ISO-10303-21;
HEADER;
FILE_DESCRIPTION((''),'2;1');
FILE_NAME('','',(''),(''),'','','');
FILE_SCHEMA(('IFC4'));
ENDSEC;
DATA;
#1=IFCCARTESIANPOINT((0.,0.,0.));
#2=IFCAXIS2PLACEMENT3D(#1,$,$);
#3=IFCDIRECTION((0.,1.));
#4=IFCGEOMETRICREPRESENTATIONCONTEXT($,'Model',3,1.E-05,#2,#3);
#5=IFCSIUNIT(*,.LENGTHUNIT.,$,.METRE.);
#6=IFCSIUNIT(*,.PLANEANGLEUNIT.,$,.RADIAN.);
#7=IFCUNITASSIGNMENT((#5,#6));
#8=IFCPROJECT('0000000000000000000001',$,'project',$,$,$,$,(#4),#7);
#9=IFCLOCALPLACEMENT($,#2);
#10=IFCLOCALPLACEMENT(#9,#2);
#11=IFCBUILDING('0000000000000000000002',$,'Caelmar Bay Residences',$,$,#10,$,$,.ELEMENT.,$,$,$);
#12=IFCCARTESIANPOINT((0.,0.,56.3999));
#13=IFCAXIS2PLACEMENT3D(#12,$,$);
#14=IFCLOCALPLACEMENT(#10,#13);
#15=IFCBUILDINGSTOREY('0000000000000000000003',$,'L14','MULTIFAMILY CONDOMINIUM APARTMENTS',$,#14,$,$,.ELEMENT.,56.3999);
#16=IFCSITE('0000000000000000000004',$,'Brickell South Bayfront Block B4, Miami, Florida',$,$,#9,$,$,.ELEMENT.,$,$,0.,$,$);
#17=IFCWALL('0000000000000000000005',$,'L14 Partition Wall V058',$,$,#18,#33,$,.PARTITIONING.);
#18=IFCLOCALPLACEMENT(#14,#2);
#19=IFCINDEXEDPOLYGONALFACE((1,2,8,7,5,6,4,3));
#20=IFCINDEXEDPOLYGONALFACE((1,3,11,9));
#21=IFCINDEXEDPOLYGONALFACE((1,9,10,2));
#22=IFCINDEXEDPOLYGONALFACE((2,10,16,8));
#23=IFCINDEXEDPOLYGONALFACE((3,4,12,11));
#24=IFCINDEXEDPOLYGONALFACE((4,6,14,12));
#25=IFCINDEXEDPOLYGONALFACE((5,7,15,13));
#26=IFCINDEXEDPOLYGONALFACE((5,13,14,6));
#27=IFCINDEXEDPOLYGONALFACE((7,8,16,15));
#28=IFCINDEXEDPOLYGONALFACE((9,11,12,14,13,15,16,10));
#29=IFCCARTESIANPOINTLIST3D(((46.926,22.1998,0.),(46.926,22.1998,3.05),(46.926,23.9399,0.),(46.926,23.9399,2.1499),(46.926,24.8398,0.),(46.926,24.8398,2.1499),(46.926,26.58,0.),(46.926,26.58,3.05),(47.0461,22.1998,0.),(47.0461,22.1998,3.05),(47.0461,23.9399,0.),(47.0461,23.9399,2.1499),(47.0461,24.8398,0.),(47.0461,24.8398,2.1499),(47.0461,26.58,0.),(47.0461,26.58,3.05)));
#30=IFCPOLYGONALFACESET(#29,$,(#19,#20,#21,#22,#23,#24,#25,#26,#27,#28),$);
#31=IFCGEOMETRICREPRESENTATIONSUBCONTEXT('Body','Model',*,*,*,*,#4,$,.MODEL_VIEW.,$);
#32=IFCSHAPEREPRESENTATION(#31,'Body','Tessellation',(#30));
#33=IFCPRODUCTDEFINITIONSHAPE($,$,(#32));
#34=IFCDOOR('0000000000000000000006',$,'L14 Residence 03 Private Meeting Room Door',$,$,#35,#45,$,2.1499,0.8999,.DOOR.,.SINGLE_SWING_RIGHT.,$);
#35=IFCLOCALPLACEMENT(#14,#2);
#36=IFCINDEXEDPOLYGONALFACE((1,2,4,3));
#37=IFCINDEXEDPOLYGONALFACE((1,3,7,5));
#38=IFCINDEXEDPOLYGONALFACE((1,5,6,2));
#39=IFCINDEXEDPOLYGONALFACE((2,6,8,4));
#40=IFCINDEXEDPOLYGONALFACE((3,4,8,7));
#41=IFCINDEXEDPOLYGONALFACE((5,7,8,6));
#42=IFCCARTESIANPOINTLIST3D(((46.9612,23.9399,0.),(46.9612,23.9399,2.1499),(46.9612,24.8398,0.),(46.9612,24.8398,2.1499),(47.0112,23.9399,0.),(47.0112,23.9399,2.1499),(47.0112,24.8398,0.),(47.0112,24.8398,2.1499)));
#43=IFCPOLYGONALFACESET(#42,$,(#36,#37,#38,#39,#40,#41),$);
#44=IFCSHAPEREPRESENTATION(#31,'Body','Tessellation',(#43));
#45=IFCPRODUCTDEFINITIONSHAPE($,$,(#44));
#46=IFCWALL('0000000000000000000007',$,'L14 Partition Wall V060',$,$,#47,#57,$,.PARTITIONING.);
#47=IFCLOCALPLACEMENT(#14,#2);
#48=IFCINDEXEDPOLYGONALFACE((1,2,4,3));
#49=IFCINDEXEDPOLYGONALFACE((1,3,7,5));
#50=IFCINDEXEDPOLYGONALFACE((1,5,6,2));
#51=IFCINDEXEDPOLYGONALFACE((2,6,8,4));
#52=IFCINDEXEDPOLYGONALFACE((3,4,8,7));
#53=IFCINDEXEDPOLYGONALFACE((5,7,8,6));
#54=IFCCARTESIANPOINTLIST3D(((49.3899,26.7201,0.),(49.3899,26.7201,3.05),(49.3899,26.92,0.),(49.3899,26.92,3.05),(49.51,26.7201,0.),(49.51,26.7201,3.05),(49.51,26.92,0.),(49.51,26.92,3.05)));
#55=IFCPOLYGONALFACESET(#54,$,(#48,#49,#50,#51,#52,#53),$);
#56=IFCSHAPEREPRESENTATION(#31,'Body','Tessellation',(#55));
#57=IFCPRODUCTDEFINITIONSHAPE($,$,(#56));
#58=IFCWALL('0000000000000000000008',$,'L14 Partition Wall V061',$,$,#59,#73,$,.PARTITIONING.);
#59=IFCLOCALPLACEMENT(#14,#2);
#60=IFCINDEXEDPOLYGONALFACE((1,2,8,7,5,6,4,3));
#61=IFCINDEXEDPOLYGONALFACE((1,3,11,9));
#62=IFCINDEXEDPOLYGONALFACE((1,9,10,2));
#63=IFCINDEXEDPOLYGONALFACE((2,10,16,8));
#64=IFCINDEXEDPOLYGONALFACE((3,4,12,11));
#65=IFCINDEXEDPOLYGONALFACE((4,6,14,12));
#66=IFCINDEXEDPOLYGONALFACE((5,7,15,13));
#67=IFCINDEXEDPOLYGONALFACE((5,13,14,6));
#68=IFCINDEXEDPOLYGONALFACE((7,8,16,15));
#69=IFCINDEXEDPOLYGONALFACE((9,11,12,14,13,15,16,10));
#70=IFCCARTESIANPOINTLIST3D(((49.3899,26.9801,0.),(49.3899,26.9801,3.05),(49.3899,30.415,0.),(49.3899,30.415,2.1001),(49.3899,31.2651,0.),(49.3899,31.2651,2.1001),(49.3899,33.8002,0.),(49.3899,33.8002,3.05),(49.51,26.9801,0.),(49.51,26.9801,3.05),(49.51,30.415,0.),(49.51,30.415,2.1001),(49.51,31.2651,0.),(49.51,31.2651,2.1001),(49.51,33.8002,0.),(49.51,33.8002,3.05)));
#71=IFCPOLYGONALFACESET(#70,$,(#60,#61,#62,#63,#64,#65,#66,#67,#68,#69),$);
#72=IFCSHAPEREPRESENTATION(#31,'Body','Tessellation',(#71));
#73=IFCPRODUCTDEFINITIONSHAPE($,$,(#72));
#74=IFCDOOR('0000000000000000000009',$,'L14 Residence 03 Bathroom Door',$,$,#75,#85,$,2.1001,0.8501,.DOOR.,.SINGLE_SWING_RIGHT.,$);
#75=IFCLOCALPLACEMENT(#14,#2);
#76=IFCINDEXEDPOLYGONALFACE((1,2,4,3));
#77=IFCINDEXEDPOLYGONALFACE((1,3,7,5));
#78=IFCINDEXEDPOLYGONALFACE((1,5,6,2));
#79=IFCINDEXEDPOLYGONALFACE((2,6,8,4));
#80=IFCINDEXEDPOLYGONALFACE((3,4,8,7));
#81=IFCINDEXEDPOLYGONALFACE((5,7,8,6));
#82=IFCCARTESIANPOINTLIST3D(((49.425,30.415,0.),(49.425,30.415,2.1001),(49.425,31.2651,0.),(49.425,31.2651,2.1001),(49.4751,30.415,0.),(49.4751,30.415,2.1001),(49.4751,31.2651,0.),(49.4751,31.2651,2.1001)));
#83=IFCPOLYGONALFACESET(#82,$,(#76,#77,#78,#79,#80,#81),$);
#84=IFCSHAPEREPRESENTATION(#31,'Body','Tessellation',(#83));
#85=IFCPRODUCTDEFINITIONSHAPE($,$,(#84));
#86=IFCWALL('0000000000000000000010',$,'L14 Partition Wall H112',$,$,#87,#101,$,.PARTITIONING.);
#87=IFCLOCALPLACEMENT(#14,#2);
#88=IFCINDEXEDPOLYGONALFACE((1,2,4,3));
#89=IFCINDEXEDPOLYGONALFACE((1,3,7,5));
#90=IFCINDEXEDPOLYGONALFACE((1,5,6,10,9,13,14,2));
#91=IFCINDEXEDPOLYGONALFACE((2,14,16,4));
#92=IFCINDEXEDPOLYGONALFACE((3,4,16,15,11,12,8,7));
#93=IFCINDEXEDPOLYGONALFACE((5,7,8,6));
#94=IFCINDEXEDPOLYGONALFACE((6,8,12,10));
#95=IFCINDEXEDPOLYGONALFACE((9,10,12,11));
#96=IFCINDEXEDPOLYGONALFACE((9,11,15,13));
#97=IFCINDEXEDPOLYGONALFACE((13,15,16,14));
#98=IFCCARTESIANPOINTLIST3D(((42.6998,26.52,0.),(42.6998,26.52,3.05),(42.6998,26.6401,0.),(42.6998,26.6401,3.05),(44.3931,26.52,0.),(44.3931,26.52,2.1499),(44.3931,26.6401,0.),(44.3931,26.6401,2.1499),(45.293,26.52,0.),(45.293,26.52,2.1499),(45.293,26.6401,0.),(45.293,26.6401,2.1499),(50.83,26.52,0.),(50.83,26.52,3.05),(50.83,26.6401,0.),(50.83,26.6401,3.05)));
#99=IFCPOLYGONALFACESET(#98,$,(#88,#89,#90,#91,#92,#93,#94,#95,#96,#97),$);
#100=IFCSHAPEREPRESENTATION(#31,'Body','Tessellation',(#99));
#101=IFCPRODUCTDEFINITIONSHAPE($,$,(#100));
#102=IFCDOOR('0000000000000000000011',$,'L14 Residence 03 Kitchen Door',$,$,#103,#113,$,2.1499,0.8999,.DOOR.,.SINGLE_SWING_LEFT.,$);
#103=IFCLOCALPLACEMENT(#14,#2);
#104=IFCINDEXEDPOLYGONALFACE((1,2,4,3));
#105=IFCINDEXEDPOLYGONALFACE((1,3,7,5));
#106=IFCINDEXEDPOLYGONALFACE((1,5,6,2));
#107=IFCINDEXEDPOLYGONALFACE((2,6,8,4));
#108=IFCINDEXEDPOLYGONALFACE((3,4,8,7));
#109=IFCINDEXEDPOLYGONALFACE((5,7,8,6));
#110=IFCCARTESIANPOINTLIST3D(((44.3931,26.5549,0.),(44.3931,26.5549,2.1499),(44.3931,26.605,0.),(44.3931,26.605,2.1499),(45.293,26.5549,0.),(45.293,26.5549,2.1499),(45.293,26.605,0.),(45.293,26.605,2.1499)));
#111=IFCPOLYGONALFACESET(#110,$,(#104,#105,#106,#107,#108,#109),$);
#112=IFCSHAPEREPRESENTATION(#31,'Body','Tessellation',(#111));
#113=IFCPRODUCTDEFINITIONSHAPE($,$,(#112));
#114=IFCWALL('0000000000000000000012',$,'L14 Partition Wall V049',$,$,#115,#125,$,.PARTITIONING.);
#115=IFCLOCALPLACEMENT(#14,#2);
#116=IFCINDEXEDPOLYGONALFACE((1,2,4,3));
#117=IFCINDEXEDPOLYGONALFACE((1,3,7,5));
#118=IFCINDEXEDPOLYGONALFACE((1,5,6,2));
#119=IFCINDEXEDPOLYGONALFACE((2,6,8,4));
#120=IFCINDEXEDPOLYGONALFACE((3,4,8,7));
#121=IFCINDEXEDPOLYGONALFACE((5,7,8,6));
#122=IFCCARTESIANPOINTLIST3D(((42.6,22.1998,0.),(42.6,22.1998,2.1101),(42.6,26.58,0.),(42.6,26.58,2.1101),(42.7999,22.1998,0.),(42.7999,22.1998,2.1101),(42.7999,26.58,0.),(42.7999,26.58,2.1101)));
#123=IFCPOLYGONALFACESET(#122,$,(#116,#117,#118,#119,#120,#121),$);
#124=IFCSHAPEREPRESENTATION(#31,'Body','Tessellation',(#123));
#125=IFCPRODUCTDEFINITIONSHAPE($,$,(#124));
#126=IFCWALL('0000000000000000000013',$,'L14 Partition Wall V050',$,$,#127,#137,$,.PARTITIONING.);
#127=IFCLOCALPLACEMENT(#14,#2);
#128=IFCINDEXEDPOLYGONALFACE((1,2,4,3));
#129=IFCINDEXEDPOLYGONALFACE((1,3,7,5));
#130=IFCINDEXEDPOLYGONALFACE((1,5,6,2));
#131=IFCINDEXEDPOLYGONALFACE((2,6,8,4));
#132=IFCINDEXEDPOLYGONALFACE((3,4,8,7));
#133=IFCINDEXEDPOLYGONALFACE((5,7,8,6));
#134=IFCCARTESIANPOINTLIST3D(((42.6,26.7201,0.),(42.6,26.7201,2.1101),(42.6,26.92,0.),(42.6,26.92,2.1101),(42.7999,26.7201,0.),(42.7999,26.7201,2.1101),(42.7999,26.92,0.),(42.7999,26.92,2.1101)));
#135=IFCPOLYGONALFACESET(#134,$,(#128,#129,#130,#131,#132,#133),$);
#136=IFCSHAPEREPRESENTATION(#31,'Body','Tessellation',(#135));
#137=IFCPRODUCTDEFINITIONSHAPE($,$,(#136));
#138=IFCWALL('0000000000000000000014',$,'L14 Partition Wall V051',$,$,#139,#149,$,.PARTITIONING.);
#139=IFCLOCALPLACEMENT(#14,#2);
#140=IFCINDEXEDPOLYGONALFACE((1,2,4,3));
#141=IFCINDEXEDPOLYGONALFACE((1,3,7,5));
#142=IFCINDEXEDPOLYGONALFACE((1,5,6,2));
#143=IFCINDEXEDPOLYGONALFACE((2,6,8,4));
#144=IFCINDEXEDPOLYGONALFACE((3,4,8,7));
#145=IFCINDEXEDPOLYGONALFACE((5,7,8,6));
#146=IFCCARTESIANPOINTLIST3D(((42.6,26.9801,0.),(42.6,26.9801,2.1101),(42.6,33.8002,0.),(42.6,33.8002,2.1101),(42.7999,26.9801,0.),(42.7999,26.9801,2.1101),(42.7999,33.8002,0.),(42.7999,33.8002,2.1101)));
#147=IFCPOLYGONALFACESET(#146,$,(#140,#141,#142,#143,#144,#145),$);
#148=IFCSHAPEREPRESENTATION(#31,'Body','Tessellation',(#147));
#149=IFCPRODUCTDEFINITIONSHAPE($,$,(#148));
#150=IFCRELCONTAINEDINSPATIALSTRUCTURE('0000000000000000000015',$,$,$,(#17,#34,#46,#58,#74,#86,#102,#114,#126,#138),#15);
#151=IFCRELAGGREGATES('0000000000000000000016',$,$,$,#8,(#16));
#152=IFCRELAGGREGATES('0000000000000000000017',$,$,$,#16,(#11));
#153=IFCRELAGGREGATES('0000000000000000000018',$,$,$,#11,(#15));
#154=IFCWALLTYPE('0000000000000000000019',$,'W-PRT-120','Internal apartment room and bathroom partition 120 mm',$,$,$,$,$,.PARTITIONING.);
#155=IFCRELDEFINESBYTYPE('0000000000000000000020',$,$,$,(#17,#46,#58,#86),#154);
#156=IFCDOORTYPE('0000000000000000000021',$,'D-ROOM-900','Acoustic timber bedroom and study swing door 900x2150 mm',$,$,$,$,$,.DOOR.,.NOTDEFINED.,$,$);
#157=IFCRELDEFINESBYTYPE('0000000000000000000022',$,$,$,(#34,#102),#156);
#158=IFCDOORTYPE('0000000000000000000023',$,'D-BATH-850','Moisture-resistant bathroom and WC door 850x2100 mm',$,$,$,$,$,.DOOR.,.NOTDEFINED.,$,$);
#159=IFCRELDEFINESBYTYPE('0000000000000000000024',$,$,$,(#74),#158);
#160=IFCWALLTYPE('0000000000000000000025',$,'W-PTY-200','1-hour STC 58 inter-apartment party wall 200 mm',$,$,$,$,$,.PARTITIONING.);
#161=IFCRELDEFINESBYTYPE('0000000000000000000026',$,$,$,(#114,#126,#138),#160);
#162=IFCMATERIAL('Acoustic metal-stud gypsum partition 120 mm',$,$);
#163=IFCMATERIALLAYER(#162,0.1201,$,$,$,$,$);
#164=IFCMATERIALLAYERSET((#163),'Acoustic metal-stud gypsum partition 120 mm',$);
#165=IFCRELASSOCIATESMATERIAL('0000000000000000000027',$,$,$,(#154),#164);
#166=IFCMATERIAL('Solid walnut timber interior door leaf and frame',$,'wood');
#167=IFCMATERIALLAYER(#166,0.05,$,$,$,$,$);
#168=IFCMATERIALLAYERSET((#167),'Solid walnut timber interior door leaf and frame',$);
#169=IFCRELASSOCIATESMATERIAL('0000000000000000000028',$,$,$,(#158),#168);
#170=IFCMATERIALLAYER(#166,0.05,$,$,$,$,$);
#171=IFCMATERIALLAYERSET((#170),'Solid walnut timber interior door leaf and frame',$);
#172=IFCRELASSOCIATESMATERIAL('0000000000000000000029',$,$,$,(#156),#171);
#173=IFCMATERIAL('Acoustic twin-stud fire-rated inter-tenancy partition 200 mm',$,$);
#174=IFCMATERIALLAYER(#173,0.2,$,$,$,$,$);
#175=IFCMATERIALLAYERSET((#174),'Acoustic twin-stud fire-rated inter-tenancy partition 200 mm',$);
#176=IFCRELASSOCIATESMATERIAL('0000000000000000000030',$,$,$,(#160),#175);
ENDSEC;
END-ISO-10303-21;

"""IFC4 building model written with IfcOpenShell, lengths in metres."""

from ifc_helpers import new_model, si_unit, direction, frame, frame_2d, origin, place, context, subcontext, project, spatial, rectangle, extrude, material, layer, layer_set, type_object, element, fill, save


model = new_model("IFC4")

# Units and contexts
model_context = context("Model", 3, precision=1e-05, world=origin(), true_north=direction((0.0, 1.0)))
body_context = subcontext(model_context, "Body", "Model", "MODEL_VIEW")
ifc_project = project(units=[si_unit("LENGTHUNIT", "METRE"), si_unit("PLANEANGLEUNIT", "RADIAN")], contexts=[model_context])

# Site, building, storey
site_placement = place(None, origin())
site = spatial("IfcSite", under=ifc_project, at=site_placement, Name="Brickell South Bayfront Block B4, Miami, Florida", CompositionType="ELEMENT", RefElevation=0.0)
building_placement = place(site_placement, origin())
building = spatial("IfcBuilding", under=site, at=building_placement, Name="Caelmar Bay Residences", CompositionType="ELEMENT")
storey_placement = place(building_placement, frame((0.0, 0.0, 56.3999)))
storey = spatial("IfcBuildingStorey", under=building, at=storey_placement, Name="L14", Description="MULTIFAMILY CONDOMINIUM APARTMENTS", CompositionType="ELEMENT", Elevation=56.3999)

# Shared definitions
ifc_material_1 = material(Name="Acoustic metal-stud gypsum partition 120 mm")
ifc_layer_1 = layer(ifc_material_1, 0.1201)
ifc_layer_set_1 = layer_set([ifc_layer_1], Name="Acoustic metal-stud gypsum partition 120 mm")
wall_type_1 = type_object("IfcWallType", Name="W-PRT-120", Description="Internal apartment room and bathroom partition 120 mm", PredefinedType="PARTITIONING", material=ifc_layer_set_1)

# Shared definitions
ifc_material_2 = material(Name="Solid walnut timber interior door leaf and frame", Category="wood")
ifc_layer_2 = layer(ifc_material_2, 0.05)
ifc_layer_set_2 = layer_set([ifc_layer_2], Name="Solid walnut timber interior door leaf and frame")
door_type_1 = type_object("IfcDoorType", Name="D-BATH-850", Description="Moisture-resistant bathroom and WC door 850x2100 mm", OperationType="NOTDEFINED", PredefinedType="DOOR", material=ifc_layer_set_2)

# Wall, opening, door
wall_1_placement = place(storey_placement, frame((46.9861, 22.2, 0.0), z_axis=(0.0, 0.0, 1.0), x_axis=(0.0, 1.0, 0.0)))
wall_1 = element("IfcWall", 1, at=wall_1_placement, inside=storey, type_object=wall_type_1, Name="L14 Partition Wall V058", PredefinedType="PARTITIONING", context=body_context, shape_type="SweptSolid", body=[
    extrude(rectangle(XDim=4.3801, YDim=0.1201, at=frame_2d((2.1899, 0.0))), origin(), (0.0, 0.0, 1.0), 3.05),
])
opening_1_placement = place(wall_1_placement, frame((1.74, 0.0, 0.0)))
opening_1 = element("IfcOpeningElement", 2, at=opening_1_placement, cuts=wall_1, PredefinedType="OPENING", context=body_context, shape_type="SweptSolid", body=[
    extrude(rectangle(XDim=0.8999, YDim=2.1499, at=frame_2d((0.45, 1.075))), frame((0.0, 0.0701, 0.0), z_axis=(0.0, -1.0, 0.0), x_axis=(1.0, 0.0, 0.0)), (0.0, 0.0, 1.0), 0.1401),
])
ifc_layer_3 = layer(ifc_material_2, 0.05)
ifc_layer_set_3 = layer_set([ifc_layer_3], Name="Solid walnut timber interior door leaf and frame")
door_type_2 = type_object("IfcDoorType", Name="D-ROOM-900", Description="Acoustic timber bedroom and study swing door 900x2150 mm", OperationType="NOTDEFINED", PredefinedType="DOOR", material=ifc_layer_set_3)
door_1_placement = place(opening_1_placement, origin())
door_1 = element("IfcDoor", 3, at=door_1_placement, inside=storey, type_object=door_type_2, Name="L14 Residence 03 Private Meeting Room Door", OperationType="SINGLE_SWING_RIGHT", OverallHeight=2.1499, OverallWidth=0.8999, PredefinedType="DOOR", context=body_context, shape_type="SweptSolid", body=[
    extrude(rectangle(XDim=0.8999, YDim=2.1499, at=frame_2d((0.45, 1.075))), frame((0.0, 0.0249, 0.0), z_axis=(0.0, -1.0, 0.0), x_axis=(1.0, 0.0, 0.0)), (0.0, 0.0, 1.0), 0.05),
])
fill(opening_1, door_1)

# Wall
wall_2_placement = place(storey_placement, frame((49.45, 26.72, 0.0), z_axis=(0.0, 0.0, 1.0), x_axis=(0.0, 1.0, 0.0)))
element("IfcWall", 4, at=wall_2_placement, inside=storey, type_object=wall_type_1, Name="L14 Partition Wall V060", PredefinedType="PARTITIONING", context=body_context, shape_type="SweptSolid", body=[
    extrude(rectangle(XDim=0.2, YDim=0.1201, at=frame_2d((0.1001, 0.0))), origin(), (0.0, 0.0, 1.0), 3.05),
])

# Walls, openings, doors
wall_3_placement = place(storey_placement, frame((49.45, 26.98, 0.0), z_axis=(0.0, 0.0, 1.0), x_axis=(0.0, 1.0, 0.0)))
wall_3 = element("IfcWall", 5, at=wall_3_placement, inside=storey, type_object=wall_type_1, Name="L14 Partition Wall V061", PredefinedType="PARTITIONING", context=body_context, shape_type="SweptSolid", body=[
    extrude(rectangle(XDim=6.8201, YDim=0.1201, at=frame_2d((3.4102, 0.0))), origin(), (0.0, 0.0, 1.0), 3.05),
])
opening_2_placement = place(wall_3_placement, frame((3.4351, 0.0, 0.0)))
opening_2 = element("IfcOpeningElement", 6, at=opening_2_placement, cuts=wall_3, PredefinedType="OPENING", context=body_context, shape_type="SweptSolid", body=[
    extrude(rectangle(XDim=0.8501, YDim=2.1001, at=frame_2d((0.425, 1.05))), frame((0.0, 0.0701, 0.0), z_axis=(0.0, -1.0, 0.0), x_axis=(1.0, 0.0, 0.0)), (0.0, 0.0, 1.0), 0.1401),
])
door_2_placement = place(opening_2_placement, origin())
door_2 = element("IfcDoor", 7, at=door_2_placement, inside=storey, type_object=door_type_1, Name="L14 Residence 03 Bathroom Door", OperationType="SINGLE_SWING_RIGHT", OverallHeight=2.1001, OverallWidth=0.8501, PredefinedType="DOOR", context=body_context, shape_type="SweptSolid", body=[
    extrude(rectangle(XDim=0.8501, YDim=2.1001, at=frame_2d((0.425, 1.05))), frame((0.0, 0.0249, 0.0), z_axis=(0.0, -1.0, 0.0), x_axis=(1.0, 0.0, 0.0)), (0.0, 0.0, 1.0), 0.05),
])
fill(opening_2, door_2)
wall_4_placement = place(storey_placement, frame((42.7, 26.5801, 0.0), z_axis=(0.0, 0.0, 1.0), x_axis=(1.0, 0.0, 0.0)))
wall_4 = element("IfcWall", 8, at=wall_4_placement, inside=storey, type_object=wall_type_1, Name="L14 Partition Wall H112", PredefinedType="PARTITIONING", context=body_context, shape_type="SweptSolid", body=[
    extrude(rectangle(XDim=8.1301, YDim=0.1201, at=frame_2d((4.0649, 0.0))), origin(), (0.0, 0.0, 1.0), 3.05),
])
opening_3_placement = place(wall_4_placement, frame((1.6931, 0.0, 0.0)))
opening_3 = element("IfcOpeningElement", 9, at=opening_3_placement, cuts=wall_4, PredefinedType="OPENING", context=body_context, shape_type="SweptSolid", body=[
    extrude(rectangle(XDim=0.8999, YDim=2.1499, at=frame_2d((0.45, 1.075))), frame((0.0, 0.0701, 0.0), z_axis=(0.0, -1.0, 0.0), x_axis=(1.0, 0.0, 0.0)), (0.0, 0.0, 1.0), 0.1401),
])
door_3_placement = place(opening_3_placement, origin())
door_3 = element("IfcDoor", 10, at=door_3_placement, inside=storey, type_object=door_type_2, Name="L14 Residence 03 Kitchen Door", OperationType="SINGLE_SWING_LEFT", OverallHeight=2.1499, OverallWidth=0.8999, PredefinedType="DOOR", context=body_context, shape_type="SweptSolid", body=[
    extrude(rectangle(XDim=0.8999, YDim=2.1499, at=frame_2d((0.45, 1.075))), frame((0.0, 0.0249, 0.0), z_axis=(0.0, -1.0, 0.0), x_axis=(1.0, 0.0, 0.0)), (0.0, 0.0, 1.0), 0.05),
])
fill(opening_3, door_3)

# Walls
ifc_material_3 = material(Name="Acoustic twin-stud fire-rated inter-tenancy partition 200 mm")
ifc_layer_4 = layer(ifc_material_3, 0.2)
ifc_layer_set_4 = layer_set([ifc_layer_4], Name="Acoustic twin-stud fire-rated inter-tenancy partition 200 mm")
wall_type_2 = type_object("IfcWallType", Name="W-PTY-200", Description="1-hour STC 58 inter-apartment party wall 200 mm", PredefinedType="PARTITIONING", material=ifc_layer_set_4)
wall_5_placement = place(storey_placement, frame((42.7, 22.2, 0.0), z_axis=(0.0, 0.0, 1.0), x_axis=(0.0, 1.0, 0.0)))
element("IfcWall", 11, at=wall_5_placement, inside=storey, type_object=wall_type_2, Name="L14 Partition Wall V049", PredefinedType="PARTITIONING", context=body_context, shape_type="SweptSolid", body=[
    extrude(rectangle(XDim=4.3801, YDim=0.2, at=frame_2d((2.1899, 0.0))), origin(), (0.0, 0.0, 1.0), 2.1101),
])
wall_6_placement = place(storey_placement, frame((42.7, 26.72, 0.0), z_axis=(0.0, 0.0, 1.0), x_axis=(0.0, 1.0, 0.0)))
element("IfcWall", 12, at=wall_6_placement, inside=storey, type_object=wall_type_2, Name="L14 Partition Wall V050", PredefinedType="PARTITIONING", context=body_context, shape_type="SweptSolid", body=[
    extrude(rectangle(XDim=0.2, YDim=0.2, at=frame_2d((0.1001, 0.0))), origin(), (0.0, 0.0, 1.0), 2.1101),
])
wall_7_placement = place(storey_placement, frame((42.7, 26.98, 0.0), z_axis=(0.0, 0.0, 1.0), x_axis=(0.0, 1.0, 0.0)))
element("IfcWall", 13, at=wall_7_placement, inside=storey, type_object=wall_type_2, Name="L14 Partition Wall V051", PredefinedType="PARTITIONING", context=body_context, shape_type="SweptSolid", body=[
    extrude(rectangle(XDim=6.8201, YDim=0.2, at=frame_2d((3.4102, 0.0))), origin(), (0.0, 0.0, 1.0), 2.1101),
])

save(model, "model.ifc")
